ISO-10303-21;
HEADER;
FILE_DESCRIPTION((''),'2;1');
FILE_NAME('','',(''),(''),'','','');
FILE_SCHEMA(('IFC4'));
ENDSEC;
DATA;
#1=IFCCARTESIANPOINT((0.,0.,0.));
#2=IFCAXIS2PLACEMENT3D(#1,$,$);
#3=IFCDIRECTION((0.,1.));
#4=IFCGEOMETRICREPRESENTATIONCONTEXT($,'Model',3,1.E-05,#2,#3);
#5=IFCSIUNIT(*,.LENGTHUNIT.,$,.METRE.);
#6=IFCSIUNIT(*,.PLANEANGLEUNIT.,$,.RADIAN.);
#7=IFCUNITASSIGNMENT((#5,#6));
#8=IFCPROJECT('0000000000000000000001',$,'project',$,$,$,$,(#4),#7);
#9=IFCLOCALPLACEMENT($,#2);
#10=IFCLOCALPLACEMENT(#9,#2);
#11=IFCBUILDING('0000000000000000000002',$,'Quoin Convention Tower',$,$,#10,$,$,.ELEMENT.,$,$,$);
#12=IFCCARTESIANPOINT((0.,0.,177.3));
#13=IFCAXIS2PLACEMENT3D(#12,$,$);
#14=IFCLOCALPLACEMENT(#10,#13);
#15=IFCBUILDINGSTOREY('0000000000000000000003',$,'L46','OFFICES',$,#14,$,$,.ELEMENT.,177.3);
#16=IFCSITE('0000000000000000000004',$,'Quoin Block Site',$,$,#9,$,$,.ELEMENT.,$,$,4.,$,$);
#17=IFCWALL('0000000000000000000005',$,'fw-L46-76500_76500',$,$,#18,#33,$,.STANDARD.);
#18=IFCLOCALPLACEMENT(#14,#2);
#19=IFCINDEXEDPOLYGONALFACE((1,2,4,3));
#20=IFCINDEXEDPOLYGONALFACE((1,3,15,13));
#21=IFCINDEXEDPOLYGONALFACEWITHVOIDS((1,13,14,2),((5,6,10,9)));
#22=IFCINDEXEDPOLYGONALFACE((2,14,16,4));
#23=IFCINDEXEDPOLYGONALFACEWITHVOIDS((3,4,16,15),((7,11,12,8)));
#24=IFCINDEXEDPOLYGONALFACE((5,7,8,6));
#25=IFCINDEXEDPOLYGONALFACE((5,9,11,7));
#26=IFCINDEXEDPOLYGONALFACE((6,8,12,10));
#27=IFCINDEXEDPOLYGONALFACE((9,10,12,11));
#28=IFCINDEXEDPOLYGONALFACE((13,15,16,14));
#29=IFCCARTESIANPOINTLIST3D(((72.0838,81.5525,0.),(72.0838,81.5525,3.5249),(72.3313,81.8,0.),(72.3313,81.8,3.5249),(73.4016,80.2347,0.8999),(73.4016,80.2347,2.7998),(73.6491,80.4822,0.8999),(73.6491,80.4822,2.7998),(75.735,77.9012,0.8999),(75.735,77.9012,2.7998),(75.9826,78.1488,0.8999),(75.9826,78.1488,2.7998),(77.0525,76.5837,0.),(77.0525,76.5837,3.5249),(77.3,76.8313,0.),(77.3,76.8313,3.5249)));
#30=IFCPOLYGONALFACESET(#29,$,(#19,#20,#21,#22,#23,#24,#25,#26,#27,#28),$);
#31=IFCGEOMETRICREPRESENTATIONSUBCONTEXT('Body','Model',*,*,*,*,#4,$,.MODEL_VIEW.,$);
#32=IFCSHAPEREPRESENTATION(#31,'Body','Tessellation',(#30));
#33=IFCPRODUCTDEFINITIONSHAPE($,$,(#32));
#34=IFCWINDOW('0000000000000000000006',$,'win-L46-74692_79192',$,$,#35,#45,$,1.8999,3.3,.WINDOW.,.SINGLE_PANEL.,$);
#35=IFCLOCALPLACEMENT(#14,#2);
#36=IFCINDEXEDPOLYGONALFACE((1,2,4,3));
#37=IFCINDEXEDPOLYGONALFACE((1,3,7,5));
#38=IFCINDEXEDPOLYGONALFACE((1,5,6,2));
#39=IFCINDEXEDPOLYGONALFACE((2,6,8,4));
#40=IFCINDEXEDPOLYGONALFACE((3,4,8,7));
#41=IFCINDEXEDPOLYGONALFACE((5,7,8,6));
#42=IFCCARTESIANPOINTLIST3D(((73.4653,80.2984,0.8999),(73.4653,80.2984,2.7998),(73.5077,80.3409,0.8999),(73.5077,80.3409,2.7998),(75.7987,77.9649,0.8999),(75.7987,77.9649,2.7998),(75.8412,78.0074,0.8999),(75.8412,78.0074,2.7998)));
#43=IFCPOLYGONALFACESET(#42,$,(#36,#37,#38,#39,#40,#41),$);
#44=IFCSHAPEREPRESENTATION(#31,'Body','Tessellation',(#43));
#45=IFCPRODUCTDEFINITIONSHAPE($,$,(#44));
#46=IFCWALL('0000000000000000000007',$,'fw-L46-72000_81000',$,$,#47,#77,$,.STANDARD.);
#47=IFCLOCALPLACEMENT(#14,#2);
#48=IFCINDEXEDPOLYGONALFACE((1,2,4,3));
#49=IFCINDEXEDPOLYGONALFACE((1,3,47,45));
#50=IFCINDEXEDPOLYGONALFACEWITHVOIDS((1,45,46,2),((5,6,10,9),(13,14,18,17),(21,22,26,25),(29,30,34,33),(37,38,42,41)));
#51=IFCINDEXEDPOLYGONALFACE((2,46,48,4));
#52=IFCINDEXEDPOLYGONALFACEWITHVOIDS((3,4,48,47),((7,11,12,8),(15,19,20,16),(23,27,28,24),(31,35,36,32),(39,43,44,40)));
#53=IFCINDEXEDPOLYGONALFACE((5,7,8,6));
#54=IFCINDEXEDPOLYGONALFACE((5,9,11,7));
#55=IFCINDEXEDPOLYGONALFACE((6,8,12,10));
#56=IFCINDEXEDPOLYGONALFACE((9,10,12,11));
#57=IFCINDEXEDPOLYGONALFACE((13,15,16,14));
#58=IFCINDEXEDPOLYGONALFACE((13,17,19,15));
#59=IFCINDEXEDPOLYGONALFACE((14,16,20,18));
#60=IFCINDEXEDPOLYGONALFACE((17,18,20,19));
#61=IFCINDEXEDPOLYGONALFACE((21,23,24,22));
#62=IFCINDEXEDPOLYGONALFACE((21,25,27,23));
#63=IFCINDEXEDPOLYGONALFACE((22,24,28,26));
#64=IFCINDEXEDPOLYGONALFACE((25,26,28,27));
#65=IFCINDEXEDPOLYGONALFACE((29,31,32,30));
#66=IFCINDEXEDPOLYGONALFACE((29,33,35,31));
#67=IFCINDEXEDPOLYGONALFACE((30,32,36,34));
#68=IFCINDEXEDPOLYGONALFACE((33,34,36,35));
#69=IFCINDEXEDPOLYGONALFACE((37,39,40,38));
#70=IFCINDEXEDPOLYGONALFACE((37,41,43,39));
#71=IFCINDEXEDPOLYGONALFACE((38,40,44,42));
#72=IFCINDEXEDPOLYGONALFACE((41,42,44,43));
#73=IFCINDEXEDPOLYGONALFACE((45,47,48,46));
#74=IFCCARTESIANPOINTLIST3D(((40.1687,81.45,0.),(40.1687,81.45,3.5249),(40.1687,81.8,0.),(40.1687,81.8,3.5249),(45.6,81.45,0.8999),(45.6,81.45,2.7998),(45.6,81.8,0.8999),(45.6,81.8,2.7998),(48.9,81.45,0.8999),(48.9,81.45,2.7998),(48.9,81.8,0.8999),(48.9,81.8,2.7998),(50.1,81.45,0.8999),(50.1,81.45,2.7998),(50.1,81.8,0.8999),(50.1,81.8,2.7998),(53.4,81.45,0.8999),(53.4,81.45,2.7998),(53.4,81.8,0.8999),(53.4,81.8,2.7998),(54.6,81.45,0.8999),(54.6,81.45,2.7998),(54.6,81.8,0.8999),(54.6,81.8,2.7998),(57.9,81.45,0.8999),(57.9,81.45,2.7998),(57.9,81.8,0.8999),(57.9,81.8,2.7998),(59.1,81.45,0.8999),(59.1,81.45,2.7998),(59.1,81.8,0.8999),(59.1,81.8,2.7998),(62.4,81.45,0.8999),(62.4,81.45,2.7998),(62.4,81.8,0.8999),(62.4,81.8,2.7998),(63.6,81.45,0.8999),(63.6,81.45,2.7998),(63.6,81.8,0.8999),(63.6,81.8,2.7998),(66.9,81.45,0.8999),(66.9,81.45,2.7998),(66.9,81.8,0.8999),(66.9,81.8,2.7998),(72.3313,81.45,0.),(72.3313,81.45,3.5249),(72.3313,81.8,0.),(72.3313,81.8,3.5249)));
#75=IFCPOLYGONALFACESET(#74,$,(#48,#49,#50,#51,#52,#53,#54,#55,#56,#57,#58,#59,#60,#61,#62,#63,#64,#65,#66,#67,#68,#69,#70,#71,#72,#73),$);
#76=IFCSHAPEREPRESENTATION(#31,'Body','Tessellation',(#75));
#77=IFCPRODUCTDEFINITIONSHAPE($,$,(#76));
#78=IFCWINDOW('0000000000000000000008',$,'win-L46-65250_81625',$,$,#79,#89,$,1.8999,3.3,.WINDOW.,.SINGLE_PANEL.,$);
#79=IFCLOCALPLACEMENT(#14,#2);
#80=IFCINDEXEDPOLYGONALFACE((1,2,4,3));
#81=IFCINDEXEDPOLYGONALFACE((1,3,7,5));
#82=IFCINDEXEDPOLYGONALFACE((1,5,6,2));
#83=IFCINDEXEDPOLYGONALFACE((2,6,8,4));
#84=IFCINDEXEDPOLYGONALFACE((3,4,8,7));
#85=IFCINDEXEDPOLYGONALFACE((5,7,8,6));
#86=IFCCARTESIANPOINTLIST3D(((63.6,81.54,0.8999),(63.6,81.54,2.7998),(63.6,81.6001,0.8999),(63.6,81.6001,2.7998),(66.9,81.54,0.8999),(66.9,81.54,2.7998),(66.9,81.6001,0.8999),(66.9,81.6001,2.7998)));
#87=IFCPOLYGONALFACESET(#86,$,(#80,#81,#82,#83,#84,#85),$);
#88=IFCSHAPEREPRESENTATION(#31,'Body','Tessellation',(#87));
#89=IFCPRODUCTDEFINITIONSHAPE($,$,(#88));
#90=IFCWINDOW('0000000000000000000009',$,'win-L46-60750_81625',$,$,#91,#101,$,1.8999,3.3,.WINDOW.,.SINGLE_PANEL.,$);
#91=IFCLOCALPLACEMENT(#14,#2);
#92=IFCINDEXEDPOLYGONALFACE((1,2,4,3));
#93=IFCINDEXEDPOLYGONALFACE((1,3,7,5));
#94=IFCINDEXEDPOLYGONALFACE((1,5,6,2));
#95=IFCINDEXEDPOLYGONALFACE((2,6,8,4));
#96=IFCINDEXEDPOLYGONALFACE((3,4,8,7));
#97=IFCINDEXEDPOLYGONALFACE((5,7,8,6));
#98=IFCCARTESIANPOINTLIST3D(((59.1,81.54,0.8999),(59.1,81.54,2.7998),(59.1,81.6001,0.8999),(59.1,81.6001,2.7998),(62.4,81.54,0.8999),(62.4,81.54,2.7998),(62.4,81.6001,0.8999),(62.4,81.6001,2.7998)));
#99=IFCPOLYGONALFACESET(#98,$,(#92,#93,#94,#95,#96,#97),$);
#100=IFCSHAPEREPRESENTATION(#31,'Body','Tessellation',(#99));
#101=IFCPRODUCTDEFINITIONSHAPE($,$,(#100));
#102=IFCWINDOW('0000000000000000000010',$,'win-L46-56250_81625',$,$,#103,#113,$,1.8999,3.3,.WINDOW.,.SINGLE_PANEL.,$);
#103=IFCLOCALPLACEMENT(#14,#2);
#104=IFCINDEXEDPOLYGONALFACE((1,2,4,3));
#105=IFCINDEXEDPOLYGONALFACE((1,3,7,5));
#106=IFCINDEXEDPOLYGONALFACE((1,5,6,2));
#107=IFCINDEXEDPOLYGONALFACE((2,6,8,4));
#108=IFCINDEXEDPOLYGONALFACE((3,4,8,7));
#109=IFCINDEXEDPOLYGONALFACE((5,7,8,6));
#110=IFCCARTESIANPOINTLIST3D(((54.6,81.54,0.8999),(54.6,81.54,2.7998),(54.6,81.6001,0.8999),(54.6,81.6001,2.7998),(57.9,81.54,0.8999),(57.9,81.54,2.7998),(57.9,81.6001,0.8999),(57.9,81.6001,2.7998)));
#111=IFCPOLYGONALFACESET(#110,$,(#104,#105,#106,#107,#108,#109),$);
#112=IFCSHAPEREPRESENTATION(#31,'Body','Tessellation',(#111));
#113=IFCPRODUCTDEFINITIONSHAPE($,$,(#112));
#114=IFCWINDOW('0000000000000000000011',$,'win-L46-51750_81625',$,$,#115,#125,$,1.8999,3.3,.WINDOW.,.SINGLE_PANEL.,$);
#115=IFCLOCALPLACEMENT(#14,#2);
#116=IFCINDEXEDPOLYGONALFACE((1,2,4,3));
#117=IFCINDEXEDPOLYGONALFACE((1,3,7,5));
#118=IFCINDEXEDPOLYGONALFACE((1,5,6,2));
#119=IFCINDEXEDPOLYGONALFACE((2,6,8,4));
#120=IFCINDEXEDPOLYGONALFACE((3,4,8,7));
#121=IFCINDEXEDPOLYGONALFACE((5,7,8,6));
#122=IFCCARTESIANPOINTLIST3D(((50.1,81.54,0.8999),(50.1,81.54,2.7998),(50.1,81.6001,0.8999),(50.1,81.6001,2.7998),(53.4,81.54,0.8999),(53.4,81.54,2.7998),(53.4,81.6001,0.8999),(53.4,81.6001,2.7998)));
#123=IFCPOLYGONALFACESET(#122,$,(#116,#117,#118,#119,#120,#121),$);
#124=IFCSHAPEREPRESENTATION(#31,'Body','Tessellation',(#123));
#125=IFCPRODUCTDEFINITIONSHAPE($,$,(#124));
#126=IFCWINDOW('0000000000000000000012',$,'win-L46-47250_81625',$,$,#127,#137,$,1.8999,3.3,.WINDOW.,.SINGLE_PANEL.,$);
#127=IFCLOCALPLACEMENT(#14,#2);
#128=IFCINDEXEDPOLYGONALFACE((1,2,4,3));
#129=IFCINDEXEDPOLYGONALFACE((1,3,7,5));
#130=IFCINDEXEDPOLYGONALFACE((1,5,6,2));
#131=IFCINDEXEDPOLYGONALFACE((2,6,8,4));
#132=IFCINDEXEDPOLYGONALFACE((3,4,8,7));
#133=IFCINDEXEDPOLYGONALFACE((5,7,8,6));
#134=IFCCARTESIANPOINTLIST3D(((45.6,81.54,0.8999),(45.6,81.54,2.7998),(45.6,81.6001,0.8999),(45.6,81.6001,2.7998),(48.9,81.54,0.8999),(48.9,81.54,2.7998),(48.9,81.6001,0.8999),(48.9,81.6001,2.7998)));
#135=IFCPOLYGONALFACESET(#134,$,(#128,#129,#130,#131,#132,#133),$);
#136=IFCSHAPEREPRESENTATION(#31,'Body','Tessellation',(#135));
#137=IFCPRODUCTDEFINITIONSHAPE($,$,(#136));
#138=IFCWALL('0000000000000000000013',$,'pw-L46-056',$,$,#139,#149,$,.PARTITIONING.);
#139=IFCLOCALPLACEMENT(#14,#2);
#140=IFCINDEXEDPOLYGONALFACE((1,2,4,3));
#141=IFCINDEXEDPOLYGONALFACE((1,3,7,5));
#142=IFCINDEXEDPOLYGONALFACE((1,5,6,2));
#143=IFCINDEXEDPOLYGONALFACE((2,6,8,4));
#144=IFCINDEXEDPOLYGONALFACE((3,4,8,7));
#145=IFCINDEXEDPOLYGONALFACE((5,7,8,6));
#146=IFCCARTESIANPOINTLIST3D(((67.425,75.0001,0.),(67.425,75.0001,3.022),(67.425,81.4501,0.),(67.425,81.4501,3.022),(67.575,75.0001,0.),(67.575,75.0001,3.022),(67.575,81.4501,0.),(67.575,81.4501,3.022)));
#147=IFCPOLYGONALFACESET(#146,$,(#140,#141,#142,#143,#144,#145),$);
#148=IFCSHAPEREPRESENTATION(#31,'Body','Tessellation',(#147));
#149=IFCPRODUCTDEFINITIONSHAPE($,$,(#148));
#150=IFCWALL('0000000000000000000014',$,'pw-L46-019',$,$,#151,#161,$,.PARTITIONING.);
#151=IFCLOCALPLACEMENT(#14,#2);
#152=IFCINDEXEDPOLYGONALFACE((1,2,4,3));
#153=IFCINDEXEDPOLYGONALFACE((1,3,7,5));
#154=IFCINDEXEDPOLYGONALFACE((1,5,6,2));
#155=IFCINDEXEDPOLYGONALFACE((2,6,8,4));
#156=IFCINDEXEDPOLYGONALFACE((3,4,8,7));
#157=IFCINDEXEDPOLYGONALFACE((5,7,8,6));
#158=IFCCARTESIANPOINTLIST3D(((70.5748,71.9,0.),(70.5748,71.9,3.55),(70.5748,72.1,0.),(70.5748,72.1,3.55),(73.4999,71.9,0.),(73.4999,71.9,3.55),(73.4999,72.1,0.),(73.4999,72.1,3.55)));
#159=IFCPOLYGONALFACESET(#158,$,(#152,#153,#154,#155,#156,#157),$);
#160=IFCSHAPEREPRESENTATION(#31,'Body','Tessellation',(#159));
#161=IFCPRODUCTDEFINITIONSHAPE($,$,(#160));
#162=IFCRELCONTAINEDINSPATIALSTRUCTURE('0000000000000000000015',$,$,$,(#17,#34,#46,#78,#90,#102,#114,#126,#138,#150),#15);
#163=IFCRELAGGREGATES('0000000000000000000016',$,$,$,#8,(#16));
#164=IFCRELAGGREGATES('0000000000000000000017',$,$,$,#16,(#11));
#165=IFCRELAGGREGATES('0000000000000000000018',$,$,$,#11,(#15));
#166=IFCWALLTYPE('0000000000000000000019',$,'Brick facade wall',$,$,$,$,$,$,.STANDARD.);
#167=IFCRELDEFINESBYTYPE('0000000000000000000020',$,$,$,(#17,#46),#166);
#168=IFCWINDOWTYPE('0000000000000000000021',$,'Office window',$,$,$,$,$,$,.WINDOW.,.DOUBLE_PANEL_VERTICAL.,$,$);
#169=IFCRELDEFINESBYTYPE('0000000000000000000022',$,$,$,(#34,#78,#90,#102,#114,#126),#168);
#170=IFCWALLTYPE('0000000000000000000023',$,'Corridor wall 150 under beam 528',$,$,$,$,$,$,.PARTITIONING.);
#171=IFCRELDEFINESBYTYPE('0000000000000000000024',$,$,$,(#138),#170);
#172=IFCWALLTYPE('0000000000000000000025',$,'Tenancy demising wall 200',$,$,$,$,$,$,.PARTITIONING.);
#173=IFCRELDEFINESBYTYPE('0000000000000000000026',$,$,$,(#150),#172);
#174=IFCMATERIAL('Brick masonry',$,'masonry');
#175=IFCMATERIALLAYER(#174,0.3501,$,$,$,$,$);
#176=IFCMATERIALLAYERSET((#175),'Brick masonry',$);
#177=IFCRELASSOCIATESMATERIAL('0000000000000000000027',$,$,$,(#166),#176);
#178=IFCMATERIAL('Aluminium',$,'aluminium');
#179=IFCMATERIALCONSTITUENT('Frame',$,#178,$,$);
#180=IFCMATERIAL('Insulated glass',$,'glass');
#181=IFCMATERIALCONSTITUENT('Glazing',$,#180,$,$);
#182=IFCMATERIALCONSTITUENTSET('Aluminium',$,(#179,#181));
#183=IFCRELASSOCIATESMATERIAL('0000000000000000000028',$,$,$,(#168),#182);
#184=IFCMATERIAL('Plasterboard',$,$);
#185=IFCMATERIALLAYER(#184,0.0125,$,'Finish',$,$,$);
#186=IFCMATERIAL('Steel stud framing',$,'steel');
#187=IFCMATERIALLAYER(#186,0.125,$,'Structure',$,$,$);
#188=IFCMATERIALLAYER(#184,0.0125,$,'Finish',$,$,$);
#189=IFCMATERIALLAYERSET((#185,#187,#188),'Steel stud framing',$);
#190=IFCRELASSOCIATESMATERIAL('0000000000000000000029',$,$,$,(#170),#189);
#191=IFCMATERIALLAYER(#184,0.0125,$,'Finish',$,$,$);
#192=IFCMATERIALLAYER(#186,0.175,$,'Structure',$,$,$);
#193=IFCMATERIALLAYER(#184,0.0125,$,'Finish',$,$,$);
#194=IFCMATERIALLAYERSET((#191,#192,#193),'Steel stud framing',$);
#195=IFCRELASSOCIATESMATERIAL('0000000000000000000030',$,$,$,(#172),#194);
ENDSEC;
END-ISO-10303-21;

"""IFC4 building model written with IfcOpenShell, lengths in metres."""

from ifc_helpers import new_model, si_unit, direction, frame, frame_2d, origin, place, context, subcontext, project, spatial, rectangle, extrude, material, layer, layer_set, constituent, constituent_set, type_object, element, fill, save


model = new_model("IFC4")

# Units and contexts
model_context = context("Model", 3, precision=1e-05, world=origin(), true_north=direction((0.0, 1.0)))
body_context = subcontext(model_context, "Body", "Model", "MODEL_VIEW")
ifc_project = project(units=[si_unit("LENGTHUNIT", "METRE"), si_unit("PLANEANGLEUNIT", "RADIAN")], contexts=[model_context])

# Site, building, storey
site_placement = place(None, origin())
site = spatial("IfcSite", under=ifc_project, at=site_placement, Name="Quoin Block Site", CompositionType="ELEMENT", RefElevation=4.0)
building_placement = place(site_placement, origin())
building = spatial("IfcBuilding", under=site, at=building_placement, Name="Quoin Convention Tower", CompositionType="ELEMENT")
storey_placement = place(building_placement, frame((0.0, 0.0, 177.3)))
storey = spatial("IfcBuildingStorey", under=building, at=storey_placement, Name="L46", Description="OFFICES", CompositionType="ELEMENT", Elevation=177.3)

# Shared definitions
ifc_material_1 = material(Name="Plasterboard")
ifc_material_2 = material(Name="Steel stud framing", Category="steel")

# Wall, opening, window
ifc_material_3 = material(Name="Brick masonry", Category="masonry")
ifc_layer_1 = layer(ifc_material_3, 0.3501)
ifc_layer_set_1 = layer_set([ifc_layer_1], Name="Brick masonry")
wall_type_1 = type_object("IfcWallType", Name="Brick facade wall", PredefinedType="STANDARD", material=ifc_layer_set_1)
wall_1_placement = place(storey_placement, frame((77.1763, 76.7075, 0.0), z_axis=(0.0, 0.0, 1.0), x_axis=(-0.707107, 0.707107, 0.0)))
wall_1 = element("IfcWall", 1, at=wall_1_placement, inside=storey, type_object=wall_type_1, Name="fw-L46-76500_76500", PredefinedType="STANDARD", context=body_context, shape_type="SweptSolid", body=[
    extrude(rectangle(XDim=7.0269, YDim=0.3501, at=frame_2d((3.5134, 0.0))), origin(), (0.0, 0.0, 1.0), 3.5249),
])
opening_1_placement = place(wall_1_placement, frame((1.8633, 0.0, 0.8999)))
opening_1 = element("IfcOpeningElement", 2, at=opening_1_placement, cuts=wall_1, PredefinedType="OPENING", context=body_context, shape_type="SweptSolid", body=[
    extrude(rectangle(XDim=3.3, YDim=1.8999, at=frame_2d((1.6499, 0.95))), frame((0.0, 0.1851, 0.0), z_axis=(0.0, -1.0, 0.0), x_axis=(1.0, 0.0, 0.0)), (0.0, 0.0, 1.0), 0.3701),
])
ifc_material_4 = material(Name="Aluminium", Category="aluminium")
ifc_constituent_1 = constituent(ifc_material_4, Name="Frame")
ifc_material_5 = material(Name="Insulated glass", Category="glass")
ifc_constituent_2 = constituent(ifc_material_5, Name="Glazing")
ifc_constituent_set = constituent_set(constituents=[ifc_constituent_1, ifc_constituent_2], Name="Aluminium")
window_type = type_object("IfcWindowType", Name="Office window", PartitioningType="DOUBLE_PANEL_VERTICAL", PredefinedType="WINDOW", material=ifc_constituent_set)
window_1_placement = place(opening_1_placement, origin())
window_1 = element("IfcWindow", 3, at=window_1_placement, inside=storey, type_object=window_type, Name="win-L46-74692_79192", OverallHeight=1.8999, OverallWidth=3.3, PartitioningType="SINGLE_PANEL", PredefinedType="WINDOW", context=body_context, shape_type="SweptSolid", body=[
    extrude(rectangle(XDim=3.3, YDim=1.8999, at=frame_2d((1.6499, 0.95))), frame((0.0, 0.085, 0.0), z_axis=(0.0, -1.0, 0.0), x_axis=(1.0, 0.0, 0.0)), (0.0, 0.0, 1.0), 0.0601),
])
fill(opening_1, window_1)

# Wall, openings, windows
wall_2_placement = place(storey_placement, frame((72.3313, 81.625, 0.0), z_axis=(0.0, 0.0, 1.0), x_axis=(-1.0, 0.0, 0.0)))
wall_2 = element("IfcWall", 4, at=wall_2_placement, inside=storey, type_object=wall_type_1, Name="fw-L46-72000_81000", PredefinedType="STANDARD", context=body_context, shape_type="SweptSolid", body=[
    extrude(rectangle(XDim=32.1626, YDim=0.3501, at=frame_2d((16.0813, 0.0))), origin(), (0.0, 0.0, 1.0), 3.5249),
])
opening_2_placement = place(wall_2_placement, frame((5.4314, 0.0, 0.8999)))
opening_2 = element("IfcOpeningElement", 5, at=opening_2_placement, cuts=wall_2, PredefinedType="OPENING", context=body_context, shape_type="SweptSolid", body=[
    extrude(rectangle(XDim=3.3, YDim=1.8999, at=frame_2d((1.6499, 0.95))), frame((0.0, 0.1851, 0.0), z_axis=(0.0, -1.0, 0.0), x_axis=(1.0, 0.0, 0.0)), (0.0, 0.0, 1.0), 0.3701),
])
opening_3_placement = place(wall_2_placement, frame((9.9314, 0.0, 0.8999)))
opening_3 = element("IfcOpeningElement", 6, at=opening_3_placement, cuts=wall_2, PredefinedType="OPENING", context=body_context, shape_type="SweptSolid", body=[
    extrude(rectangle(XDim=3.3, YDim=1.8999, at=frame_2d((1.6499, 0.95))), frame((0.0, 0.1851, 0.0), z_axis=(0.0, -1.0, 0.0), x_axis=(1.0, 0.0, 0.0)), (0.0, 0.0, 1.0), 0.3701),
])
opening_4_placement = place(wall_2_placement, frame((14.4314, 0.0, 0.8999)))
opening_4 = element("IfcOpeningElement", 7, at=opening_4_placement, cuts=wall_2, PredefinedType="OPENING", context=body_context, shape_type="SweptSolid", body=[
    extrude(rectangle(XDim=3.3, YDim=1.8999, at=frame_2d((1.6499, 0.95))), frame((0.0, 0.1851, 0.0), z_axis=(0.0, -1.0, 0.0), x_axis=(1.0, 0.0, 0.0)), (0.0, 0.0, 1.0), 0.3701),
])
opening_5_placement = place(wall_2_placement, frame((18.9314, 0.0, 0.8999)))
opening_5 = element("IfcOpeningElement", 8, at=opening_5_placement, cuts=wall_2, PredefinedType="OPENING", context=body_context, shape_type="SweptSolid", body=[
    extrude(rectangle(XDim=3.3, YDim=1.8999, at=frame_2d((1.6499, 0.95))), frame((0.0, 0.1851, 0.0), z_axis=(0.0, -1.0, 0.0), x_axis=(1.0, 0.0, 0.0)), (0.0, 0.0, 1.0), 0.3701),
])
opening_6_placement = place(wall_2_placement, frame((23.4314, 0.0, 0.8999)))
opening_6 = element("IfcOpeningElement", 9, at=opening_6_placement, cuts=wall_2, PredefinedType="OPENING", context=body_context, shape_type="SweptSolid", body=[
    extrude(rectangle(XDim=3.3, YDim=1.8999, at=frame_2d((1.6499, 0.95))), frame((0.0, 0.1851, 0.0), z_axis=(0.0, -1.0, 0.0), x_axis=(1.0, 0.0, 0.0)), (0.0, 0.0, 1.0), 0.3701),
])
window_2_placement = place(opening_2_placement, origin())
window_2 = element("IfcWindow", 10, at=window_2_placement, inside=storey, type_object=window_type, Name="win-L46-65250_81625", OverallHeight=1.8999, OverallWidth=3.3, PartitioningType="SINGLE_PANEL", PredefinedType="WINDOW", context=body_context, shape_type="SweptSolid", body=[
    extrude(rectangle(XDim=3.3, YDim=1.8999, at=frame_2d((1.6499, 0.95))), frame((0.0, 0.085, 0.0), z_axis=(0.0, -1.0, 0.0), x_axis=(1.0, 0.0, 0.0)), (0.0, 0.0, 1.0), 0.0601),
])
fill(opening_2, window_2)
window_3_placement = place(opening_3_placement, origin())
window_3 = element("IfcWindow", 11, at=window_3_placement, inside=storey, type_object=window_type, Name="win-L46-60750_81625", OverallHeight=1.8999, OverallWidth=3.3, PartitioningType="SINGLE_PANEL", PredefinedType="WINDOW", context=body_context, shape_type="SweptSolid", body=[
    extrude(rectangle(XDim=3.3, YDim=1.8999, at=frame_2d((1.6499, 0.95))), frame((0.0, 0.085, 0.0), z_axis=(0.0, -1.0, 0.0), x_axis=(1.0, 0.0, 0.0)), (0.0, 0.0, 1.0), 0.0601),
])
fill(opening_3, window_3)
window_4_placement = place(opening_4_placement, origin())
window_4 = element("IfcWindow", 12, at=window_4_placement, inside=storey, type_object=window_type, Name="win-L46-56250_81625", OverallHeight=1.8999, OverallWidth=3.3, PartitioningType="SINGLE_PANEL", PredefinedType="WINDOW", context=body_context, shape_type="SweptSolid", body=[
    extrude(rectangle(XDim=3.3, YDim=1.8999, at=frame_2d((1.6499, 0.95))), frame((0.0, 0.085, 0.0), z_axis=(0.0, -1.0, 0.0), x_axis=(1.0, 0.0, 0.0)), (0.0, 0.0, 1.0), 0.0601),
])
fill(opening_4, window_4)
window_5_placement = place(opening_5_placement, origin())
window_5 = element("IfcWindow", 13, at=window_5_placement, inside=storey, type_object=window_type, Name="win-L46-51750_81625", OverallHeight=1.8999, OverallWidth=3.3, PartitioningType="SINGLE_PANEL", PredefinedType="WINDOW", context=body_context, shape_type="SweptSolid", body=[
    extrude(rectangle(XDim=3.3, YDim=1.8999, at=frame_2d((1.6499, 0.95))), frame((0.0, 0.085, 0.0), z_axis=(0.0, -1.0, 0.0), x_axis=(1.0, 0.0, 0.0)), (0.0, 0.0, 1.0), 0.0601),
])
fill(opening_5, window_5)
window_6_placement = place(opening_6_placement, origin())
window_6 = element("IfcWindow", 14, at=window_6_placement, inside=storey, type_object=window_type, Name="win-L46-47250_81625", OverallHeight=1.8999, OverallWidth=3.3, PartitioningType="SINGLE_PANEL", PredefinedType="WINDOW", context=body_context, shape_type="SweptSolid", body=[
    extrude(rectangle(XDim=3.3, YDim=1.8999, at=frame_2d((1.6499, 0.95))), frame((0.0, 0.085, 0.0), z_axis=(0.0, -1.0, 0.0), x_axis=(1.0, 0.0, 0.0)), (0.0, 0.0, 1.0), 0.0601),
])
fill(opening_6, window_6)

# Walls
ifc_layer_2 = layer(ifc_material_1, 0.0125, Name="Finish")
ifc_layer_3 = layer(ifc_material_2, 0.125, Name="Structure")
ifc_layer_4 = layer(ifc_material_1, 0.0125, Name="Finish")
ifc_layer_set_2 = layer_set([ifc_layer_2, ifc_layer_3, ifc_layer_4], Name="Steel stud framing")
wall_type_2 = type_object("IfcWallType", Name="Corridor wall 150 under beam 528", PredefinedType="PARTITIONING", material=ifc_layer_set_2)
wall_3_placement = place(storey_placement, frame((67.5, 75.0, 0.0), z_axis=(0.0, 0.0, 1.0), x_axis=(0.0, 1.0, 0.0)))
element("IfcWall", 15, at=wall_3_placement, inside=storey, type_object=wall_type_2, Name="pw-L46-056", PredefinedType="PARTITIONING", context=body_context, shape_type="SweptSolid", body=[
    extrude(rectangle(XDim=6.45, YDim=0.1499, at=frame_2d((3.2251, 0.0))), origin(), (0.0, 0.0, 1.0), 3.022),
])
ifc_layer_5 = layer(ifc_material_1, 0.0125, Name="Finish")
ifc_layer_6 = layer(ifc_material_2, 0.175, Name="Structure")
ifc_layer_7 = layer(ifc_material_1, 0.0125, Name="Finish")
ifc_layer_set_3 = layer_set([ifc_layer_5, ifc_layer_6, ifc_layer_7], Name="Steel stud framing")
wall_type_3 = type_object("IfcWallType", Name="Tenancy demising wall 200", PredefinedType="PARTITIONING", material=ifc_layer_set_3)
wall_4_placement = place(storey_placement, frame((70.575, 72.0, 0.0), z_axis=(0.0, 0.0, 1.0), x_axis=(1.0, 0.0, 0.0)))
element("IfcWall", 16, at=wall_4_placement, inside=storey, type_object=wall_type_3, Name="pw-L46-019", PredefinedType="PARTITIONING", context=body_context, shape_type="SweptSolid", body=[
    extrude(rectangle(XDim=2.925, YDim=0.2, at=frame_2d((1.4624, 0.0))), origin(), (0.0, 0.0, 1.0), 3.55),
])

save(model, "model.ifc")
